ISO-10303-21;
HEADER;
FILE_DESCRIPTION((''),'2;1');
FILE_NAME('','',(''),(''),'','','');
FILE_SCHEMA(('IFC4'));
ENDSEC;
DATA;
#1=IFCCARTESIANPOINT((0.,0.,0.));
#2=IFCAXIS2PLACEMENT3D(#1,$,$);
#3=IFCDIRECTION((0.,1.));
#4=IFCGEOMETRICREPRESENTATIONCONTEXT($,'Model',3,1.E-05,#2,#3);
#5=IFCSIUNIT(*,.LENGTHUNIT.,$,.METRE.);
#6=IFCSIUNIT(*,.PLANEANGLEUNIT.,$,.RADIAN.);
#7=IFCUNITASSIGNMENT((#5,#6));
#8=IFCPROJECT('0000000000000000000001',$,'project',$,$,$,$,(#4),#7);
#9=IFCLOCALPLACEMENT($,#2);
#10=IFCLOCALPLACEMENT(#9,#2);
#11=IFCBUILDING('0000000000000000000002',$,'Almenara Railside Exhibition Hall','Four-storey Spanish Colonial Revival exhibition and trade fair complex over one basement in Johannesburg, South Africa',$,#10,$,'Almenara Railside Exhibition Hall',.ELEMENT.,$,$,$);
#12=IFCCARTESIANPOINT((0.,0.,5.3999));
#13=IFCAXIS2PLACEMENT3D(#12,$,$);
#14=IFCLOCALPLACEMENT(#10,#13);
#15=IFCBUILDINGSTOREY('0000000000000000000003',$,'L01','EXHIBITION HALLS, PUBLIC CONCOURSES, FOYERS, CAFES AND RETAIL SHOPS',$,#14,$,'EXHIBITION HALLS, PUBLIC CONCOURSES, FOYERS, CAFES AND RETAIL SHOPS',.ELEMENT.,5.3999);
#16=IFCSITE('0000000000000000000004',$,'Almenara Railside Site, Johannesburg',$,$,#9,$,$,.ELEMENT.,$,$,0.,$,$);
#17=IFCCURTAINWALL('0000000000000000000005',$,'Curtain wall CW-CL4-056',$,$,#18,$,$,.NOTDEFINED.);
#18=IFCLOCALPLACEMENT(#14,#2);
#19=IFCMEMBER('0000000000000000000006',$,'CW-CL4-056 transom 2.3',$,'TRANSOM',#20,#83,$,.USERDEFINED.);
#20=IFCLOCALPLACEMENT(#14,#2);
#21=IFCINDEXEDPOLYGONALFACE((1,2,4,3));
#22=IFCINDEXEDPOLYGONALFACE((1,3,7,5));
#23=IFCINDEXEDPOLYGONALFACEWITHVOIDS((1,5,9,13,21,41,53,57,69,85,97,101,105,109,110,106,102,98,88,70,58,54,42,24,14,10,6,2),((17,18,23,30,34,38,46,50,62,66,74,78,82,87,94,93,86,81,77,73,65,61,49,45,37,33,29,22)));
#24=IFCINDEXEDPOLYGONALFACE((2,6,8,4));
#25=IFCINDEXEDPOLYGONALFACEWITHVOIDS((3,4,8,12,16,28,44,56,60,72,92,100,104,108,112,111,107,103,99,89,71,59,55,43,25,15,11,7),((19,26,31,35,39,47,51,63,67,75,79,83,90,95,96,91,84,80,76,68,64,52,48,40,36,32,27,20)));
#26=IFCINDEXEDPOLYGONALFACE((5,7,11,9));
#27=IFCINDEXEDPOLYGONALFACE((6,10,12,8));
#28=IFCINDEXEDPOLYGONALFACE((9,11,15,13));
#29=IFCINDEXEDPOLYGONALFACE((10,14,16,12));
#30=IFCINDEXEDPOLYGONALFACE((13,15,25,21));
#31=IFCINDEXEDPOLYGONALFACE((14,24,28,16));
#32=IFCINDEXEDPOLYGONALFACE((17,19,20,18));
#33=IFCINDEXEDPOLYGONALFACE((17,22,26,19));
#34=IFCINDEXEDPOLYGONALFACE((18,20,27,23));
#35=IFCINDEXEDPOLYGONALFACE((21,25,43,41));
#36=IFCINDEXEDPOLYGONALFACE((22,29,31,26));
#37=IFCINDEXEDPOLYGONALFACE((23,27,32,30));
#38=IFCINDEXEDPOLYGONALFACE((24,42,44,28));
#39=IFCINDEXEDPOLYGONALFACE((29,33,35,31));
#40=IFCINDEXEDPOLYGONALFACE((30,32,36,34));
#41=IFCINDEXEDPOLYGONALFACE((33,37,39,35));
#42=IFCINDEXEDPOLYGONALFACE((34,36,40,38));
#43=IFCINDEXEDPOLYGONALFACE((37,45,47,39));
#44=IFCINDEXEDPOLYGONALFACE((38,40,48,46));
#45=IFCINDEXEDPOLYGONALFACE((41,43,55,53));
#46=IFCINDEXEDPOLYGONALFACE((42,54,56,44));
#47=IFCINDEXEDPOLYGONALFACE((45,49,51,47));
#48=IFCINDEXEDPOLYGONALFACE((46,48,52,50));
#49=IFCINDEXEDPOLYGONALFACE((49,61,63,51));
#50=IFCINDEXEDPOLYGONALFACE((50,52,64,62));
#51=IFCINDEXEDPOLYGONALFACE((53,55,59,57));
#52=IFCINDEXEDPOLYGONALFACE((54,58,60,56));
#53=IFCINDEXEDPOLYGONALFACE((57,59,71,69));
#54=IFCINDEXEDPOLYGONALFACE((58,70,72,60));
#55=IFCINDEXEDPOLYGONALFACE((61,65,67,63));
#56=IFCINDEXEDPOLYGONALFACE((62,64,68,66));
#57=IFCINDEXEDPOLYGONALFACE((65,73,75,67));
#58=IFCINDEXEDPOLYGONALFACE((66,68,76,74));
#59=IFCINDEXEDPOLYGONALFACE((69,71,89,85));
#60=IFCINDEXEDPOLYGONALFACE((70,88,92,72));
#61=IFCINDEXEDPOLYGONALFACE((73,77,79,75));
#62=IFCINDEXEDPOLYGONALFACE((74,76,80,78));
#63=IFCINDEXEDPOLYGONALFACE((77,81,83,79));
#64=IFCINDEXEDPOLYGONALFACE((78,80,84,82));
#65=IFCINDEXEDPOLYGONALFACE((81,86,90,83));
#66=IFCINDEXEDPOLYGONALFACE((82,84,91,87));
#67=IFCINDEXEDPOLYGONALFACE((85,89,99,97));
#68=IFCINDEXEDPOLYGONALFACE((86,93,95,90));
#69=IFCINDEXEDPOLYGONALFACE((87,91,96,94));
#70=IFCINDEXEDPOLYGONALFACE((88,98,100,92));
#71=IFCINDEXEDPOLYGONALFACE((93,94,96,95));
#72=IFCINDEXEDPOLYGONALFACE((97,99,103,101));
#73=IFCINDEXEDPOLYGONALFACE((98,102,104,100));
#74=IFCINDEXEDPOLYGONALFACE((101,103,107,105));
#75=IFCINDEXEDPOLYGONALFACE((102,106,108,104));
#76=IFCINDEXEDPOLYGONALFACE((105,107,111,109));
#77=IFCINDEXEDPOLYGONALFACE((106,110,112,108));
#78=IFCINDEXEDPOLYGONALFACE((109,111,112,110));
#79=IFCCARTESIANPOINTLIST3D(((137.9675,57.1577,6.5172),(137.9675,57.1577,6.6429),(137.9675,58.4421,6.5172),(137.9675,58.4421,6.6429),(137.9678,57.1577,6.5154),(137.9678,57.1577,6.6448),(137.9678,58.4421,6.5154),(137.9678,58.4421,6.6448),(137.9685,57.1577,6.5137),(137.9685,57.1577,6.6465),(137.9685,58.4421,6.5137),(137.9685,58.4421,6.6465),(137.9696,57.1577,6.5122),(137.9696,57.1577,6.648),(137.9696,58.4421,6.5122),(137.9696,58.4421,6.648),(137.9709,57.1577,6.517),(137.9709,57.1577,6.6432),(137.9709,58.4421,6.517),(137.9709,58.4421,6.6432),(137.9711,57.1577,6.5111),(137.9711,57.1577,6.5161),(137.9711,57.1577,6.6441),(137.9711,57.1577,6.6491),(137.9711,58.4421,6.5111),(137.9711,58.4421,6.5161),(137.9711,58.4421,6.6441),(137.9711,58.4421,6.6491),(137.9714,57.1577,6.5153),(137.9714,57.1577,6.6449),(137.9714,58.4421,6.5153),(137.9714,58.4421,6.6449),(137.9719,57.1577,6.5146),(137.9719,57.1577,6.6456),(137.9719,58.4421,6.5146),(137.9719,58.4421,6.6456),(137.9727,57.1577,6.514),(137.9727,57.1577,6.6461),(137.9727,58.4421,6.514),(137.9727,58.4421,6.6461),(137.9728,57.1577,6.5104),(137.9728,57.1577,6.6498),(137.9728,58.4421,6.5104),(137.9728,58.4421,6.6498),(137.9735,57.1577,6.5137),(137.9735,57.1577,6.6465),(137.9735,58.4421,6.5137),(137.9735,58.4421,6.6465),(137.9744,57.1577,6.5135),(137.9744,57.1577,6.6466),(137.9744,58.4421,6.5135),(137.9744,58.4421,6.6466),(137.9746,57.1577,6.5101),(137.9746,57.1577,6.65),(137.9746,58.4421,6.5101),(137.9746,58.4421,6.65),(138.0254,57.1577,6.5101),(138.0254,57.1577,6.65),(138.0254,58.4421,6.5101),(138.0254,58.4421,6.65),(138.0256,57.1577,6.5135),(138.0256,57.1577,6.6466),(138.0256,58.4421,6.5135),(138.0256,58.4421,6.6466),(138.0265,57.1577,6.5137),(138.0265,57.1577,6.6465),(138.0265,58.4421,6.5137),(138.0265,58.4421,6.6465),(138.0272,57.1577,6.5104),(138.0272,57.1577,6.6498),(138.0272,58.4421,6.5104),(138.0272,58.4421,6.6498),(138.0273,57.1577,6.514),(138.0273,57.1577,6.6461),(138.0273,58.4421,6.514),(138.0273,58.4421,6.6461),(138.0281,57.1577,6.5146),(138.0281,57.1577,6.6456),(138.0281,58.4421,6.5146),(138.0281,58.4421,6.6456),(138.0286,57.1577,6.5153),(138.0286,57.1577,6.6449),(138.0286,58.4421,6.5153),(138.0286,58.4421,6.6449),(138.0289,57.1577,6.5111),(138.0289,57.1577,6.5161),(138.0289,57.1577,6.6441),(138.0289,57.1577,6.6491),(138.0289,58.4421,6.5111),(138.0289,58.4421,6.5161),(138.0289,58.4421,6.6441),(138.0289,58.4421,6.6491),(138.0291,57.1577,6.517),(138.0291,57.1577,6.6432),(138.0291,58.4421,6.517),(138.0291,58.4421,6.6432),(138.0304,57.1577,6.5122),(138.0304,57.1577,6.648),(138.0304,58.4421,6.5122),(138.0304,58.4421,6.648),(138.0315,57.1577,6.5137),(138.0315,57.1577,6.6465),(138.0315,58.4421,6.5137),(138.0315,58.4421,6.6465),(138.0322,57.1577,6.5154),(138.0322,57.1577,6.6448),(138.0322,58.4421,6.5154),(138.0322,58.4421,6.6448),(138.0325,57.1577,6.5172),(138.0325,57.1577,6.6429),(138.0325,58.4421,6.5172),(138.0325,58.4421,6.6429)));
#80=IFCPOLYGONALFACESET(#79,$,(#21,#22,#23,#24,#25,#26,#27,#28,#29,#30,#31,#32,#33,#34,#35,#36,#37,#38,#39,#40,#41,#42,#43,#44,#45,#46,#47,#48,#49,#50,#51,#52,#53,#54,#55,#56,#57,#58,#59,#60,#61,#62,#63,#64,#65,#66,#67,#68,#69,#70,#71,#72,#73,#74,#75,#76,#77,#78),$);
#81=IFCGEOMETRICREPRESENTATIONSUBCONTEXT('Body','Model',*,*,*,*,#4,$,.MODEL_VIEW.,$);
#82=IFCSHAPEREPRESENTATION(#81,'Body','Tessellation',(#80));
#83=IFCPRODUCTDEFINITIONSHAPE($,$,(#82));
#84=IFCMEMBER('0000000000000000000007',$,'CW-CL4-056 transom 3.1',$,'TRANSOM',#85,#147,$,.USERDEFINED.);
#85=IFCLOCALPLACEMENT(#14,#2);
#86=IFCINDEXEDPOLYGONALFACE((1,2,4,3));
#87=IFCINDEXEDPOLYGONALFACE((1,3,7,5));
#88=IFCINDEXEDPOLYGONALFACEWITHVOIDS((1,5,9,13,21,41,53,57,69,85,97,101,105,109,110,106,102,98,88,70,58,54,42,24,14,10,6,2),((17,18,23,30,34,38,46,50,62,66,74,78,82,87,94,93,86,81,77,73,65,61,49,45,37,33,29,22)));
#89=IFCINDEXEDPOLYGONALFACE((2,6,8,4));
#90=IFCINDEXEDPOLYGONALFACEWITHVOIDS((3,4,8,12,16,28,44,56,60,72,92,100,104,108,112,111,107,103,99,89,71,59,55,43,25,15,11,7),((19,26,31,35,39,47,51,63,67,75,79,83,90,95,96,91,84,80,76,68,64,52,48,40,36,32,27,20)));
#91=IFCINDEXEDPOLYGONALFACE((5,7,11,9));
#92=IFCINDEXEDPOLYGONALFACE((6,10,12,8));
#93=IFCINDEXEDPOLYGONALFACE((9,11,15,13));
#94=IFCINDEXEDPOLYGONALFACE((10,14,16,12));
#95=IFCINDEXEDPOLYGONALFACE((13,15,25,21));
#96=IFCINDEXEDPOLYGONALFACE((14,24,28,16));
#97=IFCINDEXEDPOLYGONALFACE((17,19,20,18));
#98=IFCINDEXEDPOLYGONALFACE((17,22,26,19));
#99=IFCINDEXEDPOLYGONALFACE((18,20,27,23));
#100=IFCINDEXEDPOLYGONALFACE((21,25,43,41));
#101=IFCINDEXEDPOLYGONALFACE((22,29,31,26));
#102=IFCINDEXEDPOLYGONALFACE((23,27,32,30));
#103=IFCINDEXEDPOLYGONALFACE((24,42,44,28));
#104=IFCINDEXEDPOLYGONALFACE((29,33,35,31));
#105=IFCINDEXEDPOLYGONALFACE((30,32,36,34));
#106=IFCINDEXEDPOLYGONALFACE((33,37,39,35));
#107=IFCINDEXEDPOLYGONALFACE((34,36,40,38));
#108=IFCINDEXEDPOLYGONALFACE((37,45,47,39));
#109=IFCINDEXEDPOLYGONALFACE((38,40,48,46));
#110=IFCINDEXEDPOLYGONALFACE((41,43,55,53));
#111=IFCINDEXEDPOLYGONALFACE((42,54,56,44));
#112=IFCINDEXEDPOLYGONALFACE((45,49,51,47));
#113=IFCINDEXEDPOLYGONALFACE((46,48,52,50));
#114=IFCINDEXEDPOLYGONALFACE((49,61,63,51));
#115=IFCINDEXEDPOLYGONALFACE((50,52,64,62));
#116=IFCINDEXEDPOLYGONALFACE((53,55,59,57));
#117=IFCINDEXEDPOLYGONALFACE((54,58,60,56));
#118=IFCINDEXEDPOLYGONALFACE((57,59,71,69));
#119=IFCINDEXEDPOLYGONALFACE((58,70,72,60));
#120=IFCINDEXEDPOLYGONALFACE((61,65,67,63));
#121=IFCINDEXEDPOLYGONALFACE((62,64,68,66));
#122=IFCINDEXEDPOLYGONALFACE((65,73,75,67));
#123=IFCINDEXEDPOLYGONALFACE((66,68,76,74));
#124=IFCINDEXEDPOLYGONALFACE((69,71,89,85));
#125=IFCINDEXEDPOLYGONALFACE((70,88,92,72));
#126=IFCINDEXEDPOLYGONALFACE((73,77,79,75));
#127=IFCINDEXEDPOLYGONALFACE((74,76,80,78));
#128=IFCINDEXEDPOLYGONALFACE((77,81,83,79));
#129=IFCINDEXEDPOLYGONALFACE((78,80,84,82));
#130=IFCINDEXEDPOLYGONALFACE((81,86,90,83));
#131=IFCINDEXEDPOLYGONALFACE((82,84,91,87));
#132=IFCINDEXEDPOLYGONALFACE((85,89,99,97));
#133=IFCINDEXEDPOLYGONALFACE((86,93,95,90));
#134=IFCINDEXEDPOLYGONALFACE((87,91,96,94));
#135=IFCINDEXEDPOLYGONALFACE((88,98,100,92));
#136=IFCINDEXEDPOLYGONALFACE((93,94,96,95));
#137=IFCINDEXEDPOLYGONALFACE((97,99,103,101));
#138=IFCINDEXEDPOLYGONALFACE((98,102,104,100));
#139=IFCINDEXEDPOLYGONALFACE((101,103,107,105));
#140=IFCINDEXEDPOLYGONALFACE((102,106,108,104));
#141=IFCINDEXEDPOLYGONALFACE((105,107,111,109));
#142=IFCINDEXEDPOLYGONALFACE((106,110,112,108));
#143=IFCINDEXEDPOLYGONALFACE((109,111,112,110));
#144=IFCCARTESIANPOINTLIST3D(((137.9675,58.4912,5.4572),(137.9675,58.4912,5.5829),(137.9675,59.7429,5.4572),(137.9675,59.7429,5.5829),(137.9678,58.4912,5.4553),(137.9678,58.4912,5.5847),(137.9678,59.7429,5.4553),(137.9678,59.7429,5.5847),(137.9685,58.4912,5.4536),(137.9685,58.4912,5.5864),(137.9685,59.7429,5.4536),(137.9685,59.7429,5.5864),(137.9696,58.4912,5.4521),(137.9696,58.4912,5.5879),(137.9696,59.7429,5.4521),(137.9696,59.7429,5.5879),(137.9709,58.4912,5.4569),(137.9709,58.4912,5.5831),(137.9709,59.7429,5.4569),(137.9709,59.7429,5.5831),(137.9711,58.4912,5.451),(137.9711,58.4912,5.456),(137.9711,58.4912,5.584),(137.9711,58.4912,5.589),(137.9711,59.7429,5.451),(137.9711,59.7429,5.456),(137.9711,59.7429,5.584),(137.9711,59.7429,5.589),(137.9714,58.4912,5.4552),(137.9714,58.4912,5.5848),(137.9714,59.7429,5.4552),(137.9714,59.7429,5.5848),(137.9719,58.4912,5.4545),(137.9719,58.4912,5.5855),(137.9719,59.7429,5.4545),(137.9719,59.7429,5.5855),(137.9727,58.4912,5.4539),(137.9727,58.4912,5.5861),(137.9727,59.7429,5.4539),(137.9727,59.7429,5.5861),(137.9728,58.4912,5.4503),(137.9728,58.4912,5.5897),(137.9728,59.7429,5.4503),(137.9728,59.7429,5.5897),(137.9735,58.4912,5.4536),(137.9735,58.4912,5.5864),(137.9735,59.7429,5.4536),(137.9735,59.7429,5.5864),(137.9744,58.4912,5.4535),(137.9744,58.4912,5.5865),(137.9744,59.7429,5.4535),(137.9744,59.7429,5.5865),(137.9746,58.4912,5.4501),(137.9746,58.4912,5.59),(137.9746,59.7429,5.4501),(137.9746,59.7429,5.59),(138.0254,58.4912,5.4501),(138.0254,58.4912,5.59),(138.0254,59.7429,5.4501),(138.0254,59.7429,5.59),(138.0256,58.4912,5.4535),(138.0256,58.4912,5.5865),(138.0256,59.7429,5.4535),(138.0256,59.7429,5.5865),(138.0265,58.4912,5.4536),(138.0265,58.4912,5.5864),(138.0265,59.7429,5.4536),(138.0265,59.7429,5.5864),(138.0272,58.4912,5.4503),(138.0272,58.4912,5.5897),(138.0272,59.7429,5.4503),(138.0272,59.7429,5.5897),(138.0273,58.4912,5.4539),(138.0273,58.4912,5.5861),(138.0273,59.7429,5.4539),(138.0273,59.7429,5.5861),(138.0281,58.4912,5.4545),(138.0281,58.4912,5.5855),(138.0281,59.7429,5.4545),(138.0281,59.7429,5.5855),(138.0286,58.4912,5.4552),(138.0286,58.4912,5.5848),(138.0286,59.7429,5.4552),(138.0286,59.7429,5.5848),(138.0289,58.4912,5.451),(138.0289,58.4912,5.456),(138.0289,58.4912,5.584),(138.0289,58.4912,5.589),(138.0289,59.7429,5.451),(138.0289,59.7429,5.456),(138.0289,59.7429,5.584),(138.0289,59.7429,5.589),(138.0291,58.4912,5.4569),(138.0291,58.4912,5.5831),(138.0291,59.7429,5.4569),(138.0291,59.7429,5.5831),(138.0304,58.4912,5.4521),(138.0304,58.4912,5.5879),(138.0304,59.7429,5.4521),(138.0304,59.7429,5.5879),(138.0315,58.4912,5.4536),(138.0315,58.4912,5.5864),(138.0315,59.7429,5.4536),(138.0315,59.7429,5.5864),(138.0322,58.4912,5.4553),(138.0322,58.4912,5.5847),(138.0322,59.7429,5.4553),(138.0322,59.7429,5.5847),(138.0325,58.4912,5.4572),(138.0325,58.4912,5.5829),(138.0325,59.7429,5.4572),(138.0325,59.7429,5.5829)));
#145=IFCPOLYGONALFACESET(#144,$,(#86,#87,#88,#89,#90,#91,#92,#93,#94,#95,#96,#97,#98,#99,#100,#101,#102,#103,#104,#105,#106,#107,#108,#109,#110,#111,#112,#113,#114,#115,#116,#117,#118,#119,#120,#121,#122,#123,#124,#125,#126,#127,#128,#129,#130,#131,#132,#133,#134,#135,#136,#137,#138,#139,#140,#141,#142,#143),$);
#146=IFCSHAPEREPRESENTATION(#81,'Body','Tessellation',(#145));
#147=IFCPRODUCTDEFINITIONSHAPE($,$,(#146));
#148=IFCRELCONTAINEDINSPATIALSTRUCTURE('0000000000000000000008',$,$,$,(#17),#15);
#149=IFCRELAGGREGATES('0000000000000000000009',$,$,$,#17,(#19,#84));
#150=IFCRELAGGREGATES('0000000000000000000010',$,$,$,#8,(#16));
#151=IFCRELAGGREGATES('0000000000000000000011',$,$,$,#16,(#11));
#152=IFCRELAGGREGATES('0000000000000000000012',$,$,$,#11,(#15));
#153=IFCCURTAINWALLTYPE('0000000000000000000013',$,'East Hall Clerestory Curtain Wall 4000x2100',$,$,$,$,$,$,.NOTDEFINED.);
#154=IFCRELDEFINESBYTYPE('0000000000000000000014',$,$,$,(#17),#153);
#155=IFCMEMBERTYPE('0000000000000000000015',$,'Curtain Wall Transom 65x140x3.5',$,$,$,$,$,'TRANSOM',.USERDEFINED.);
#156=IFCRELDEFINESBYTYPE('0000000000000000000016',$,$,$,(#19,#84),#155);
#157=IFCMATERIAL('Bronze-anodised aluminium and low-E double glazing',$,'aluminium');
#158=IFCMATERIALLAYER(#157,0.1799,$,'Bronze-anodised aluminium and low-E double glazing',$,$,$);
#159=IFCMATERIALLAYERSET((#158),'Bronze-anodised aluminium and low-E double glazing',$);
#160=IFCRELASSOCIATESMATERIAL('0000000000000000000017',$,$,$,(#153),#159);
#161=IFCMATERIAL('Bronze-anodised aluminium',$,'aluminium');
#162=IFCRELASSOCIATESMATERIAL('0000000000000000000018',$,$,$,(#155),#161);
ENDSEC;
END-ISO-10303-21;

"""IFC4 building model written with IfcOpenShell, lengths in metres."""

from ifc_helpers import new_model, si_unit, direction, frame, origin, origin_2d, place, context, subcontext, project, spatial, hollow_rectangle, extrude, material, layer, layer_set, material_profile, profile_set, type_object, element, aggregate, save


model = new_model("IFC4")

# Units and contexts
model_context = context("Model", 3, precision=1e-05, world=origin(), true_north=direction((0.0, 1.0)))
body_context = subcontext(model_context, "Body", "Model", "MODEL_VIEW")
ifc_project = project(units=[si_unit("LENGTHUNIT", "METRE"), si_unit("PLANEANGLEUNIT", "RADIAN")], contexts=[model_context])

# Site, building, storey
site_placement = place(None, origin())
site = spatial("IfcSite", under=ifc_project, at=site_placement, Name="Almenara Railside Site, Johannesburg", CompositionType="ELEMENT", RefElevation=0.0)
building_placement = place(site_placement, origin())
building = spatial("IfcBuilding", under=site, at=building_placement, Name="Almenara Railside Exhibition Hall", Description="Four-storey Spanish Colonial Revival exhibition and trade fair complex over one basement in Johannesburg, South Africa", LongName="Almenara Railside Exhibition Hall", CompositionType="ELEMENT")
storey_placement = place(building_placement, frame((0.0, 0.0, 5.3999)))
storey = spatial("IfcBuildingStorey", under=building, at=storey_placement, Name="L01", Description="EXHIBITION HALLS, PUBLIC CONCOURSES, FOYERS, CAFES AND RETAIL SHOPS", LongName="EXHIBITION HALLS, PUBLIC CONCOURSES, FOYERS, CAFES AND RETAIL SHOPS", CompositionType="ELEMENT", Elevation=5.3999)

# Curtain wall
ifc_material_1 = material(Name="Bronze-anodised aluminium and low-E double glazing", Category="aluminium")
ifc_layer_1 = layer(ifc_material_1, 0.1799, Name="Bronze-anodised aluminium and low-E double glazing")
ifc_layer_set_1 = layer_set([ifc_layer_1], Name="Bronze-anodised aluminium and low-E double glazing")
curtain_wall_type = type_object("IfcCurtainWallType", Name="East Hall Clerestory Curtain Wall 4000x2100", PredefinedType="NOTDEFINED", material=ifc_layer_set_1)
curtain_wall_1_placement = place(storey_placement, origin())
curtain_wall_1 = element("IfcCurtainWall", 1, at=curtain_wall_1_placement, inside=storey, type_object=curtain_wall_type, Name="Curtain wall CW-CL4-056", PredefinedType="NOTDEFINED")
ifc_material_2 = material(Name="Bronze-anodised aluminium", Category="aluminium")

# Members
ifc_material_profile_1 = material_profile(ifc_material_2, hollow_rectangle(XDim=0.0649, YDim=0.1399, WallThickness=0.0034, InnerFilletRadius=0.0034, OuterFilletRadius=0.0071, at=origin_2d()), Name="ALU-TRN 65x140x3.5")
ifc_profile_set_1 = profile_set([ifc_material_profile_1], Name="Bronze-anodised aluminium")
member_type_1 = type_object("IfcMemberType", Name="Curtain Wall Transom 65x140x3.5", ElementType="TRANSOM", PredefinedType="USERDEFINED", material=ifc_profile_set_1)
member_1_placement = place(storey_placement, frame((138.0, 57.1577, 6.5801), z_axis=(0.0, 1.0, 0.0), x_axis=(-1.0, 0.0, 0.0)))
member_1 = element("IfcMember", 2, at=member_1_placement, type_object=member_type_1, Name="CW-CL4-056 transom 2.3", ObjectType="TRANSOM", PredefinedType="USERDEFINED", context=body_context, shape_type="SweptSolid", body=[
    extrude(hollow_rectangle(XDim=0.0649, YDim=0.1399, WallThickness=0.0034, InnerFilletRadius=0.0034, OuterFilletRadius=0.0071, at=origin_2d()), origin(), (0.0, 0.0, 1.0), 1.2844),
])
member_2_placement = place(storey_placement, frame((138.0, 58.4912, 5.52), z_axis=(0.0, 1.0, 0.0), x_axis=(-1.0, 0.0, 0.0)))
member_2 = element("IfcMember", 3, at=member_2_placement, type_object=member_type_1, Name="CW-CL4-056 transom 3.1", ObjectType="TRANSOM", PredefinedType="USERDEFINED", context=body_context, shape_type="SweptSolid", body=[
    extrude(hollow_rectangle(XDim=0.0649, YDim=0.1399, WallThickness=0.0034, InnerFilletRadius=0.0034, OuterFilletRadius=0.0071, at=origin_2d()), origin(), (0.0, 0.0, 1.0), 1.2517),
])

aggregate(curtain_wall_1, [member_1, member_2])

save(model, "model.ifc")
